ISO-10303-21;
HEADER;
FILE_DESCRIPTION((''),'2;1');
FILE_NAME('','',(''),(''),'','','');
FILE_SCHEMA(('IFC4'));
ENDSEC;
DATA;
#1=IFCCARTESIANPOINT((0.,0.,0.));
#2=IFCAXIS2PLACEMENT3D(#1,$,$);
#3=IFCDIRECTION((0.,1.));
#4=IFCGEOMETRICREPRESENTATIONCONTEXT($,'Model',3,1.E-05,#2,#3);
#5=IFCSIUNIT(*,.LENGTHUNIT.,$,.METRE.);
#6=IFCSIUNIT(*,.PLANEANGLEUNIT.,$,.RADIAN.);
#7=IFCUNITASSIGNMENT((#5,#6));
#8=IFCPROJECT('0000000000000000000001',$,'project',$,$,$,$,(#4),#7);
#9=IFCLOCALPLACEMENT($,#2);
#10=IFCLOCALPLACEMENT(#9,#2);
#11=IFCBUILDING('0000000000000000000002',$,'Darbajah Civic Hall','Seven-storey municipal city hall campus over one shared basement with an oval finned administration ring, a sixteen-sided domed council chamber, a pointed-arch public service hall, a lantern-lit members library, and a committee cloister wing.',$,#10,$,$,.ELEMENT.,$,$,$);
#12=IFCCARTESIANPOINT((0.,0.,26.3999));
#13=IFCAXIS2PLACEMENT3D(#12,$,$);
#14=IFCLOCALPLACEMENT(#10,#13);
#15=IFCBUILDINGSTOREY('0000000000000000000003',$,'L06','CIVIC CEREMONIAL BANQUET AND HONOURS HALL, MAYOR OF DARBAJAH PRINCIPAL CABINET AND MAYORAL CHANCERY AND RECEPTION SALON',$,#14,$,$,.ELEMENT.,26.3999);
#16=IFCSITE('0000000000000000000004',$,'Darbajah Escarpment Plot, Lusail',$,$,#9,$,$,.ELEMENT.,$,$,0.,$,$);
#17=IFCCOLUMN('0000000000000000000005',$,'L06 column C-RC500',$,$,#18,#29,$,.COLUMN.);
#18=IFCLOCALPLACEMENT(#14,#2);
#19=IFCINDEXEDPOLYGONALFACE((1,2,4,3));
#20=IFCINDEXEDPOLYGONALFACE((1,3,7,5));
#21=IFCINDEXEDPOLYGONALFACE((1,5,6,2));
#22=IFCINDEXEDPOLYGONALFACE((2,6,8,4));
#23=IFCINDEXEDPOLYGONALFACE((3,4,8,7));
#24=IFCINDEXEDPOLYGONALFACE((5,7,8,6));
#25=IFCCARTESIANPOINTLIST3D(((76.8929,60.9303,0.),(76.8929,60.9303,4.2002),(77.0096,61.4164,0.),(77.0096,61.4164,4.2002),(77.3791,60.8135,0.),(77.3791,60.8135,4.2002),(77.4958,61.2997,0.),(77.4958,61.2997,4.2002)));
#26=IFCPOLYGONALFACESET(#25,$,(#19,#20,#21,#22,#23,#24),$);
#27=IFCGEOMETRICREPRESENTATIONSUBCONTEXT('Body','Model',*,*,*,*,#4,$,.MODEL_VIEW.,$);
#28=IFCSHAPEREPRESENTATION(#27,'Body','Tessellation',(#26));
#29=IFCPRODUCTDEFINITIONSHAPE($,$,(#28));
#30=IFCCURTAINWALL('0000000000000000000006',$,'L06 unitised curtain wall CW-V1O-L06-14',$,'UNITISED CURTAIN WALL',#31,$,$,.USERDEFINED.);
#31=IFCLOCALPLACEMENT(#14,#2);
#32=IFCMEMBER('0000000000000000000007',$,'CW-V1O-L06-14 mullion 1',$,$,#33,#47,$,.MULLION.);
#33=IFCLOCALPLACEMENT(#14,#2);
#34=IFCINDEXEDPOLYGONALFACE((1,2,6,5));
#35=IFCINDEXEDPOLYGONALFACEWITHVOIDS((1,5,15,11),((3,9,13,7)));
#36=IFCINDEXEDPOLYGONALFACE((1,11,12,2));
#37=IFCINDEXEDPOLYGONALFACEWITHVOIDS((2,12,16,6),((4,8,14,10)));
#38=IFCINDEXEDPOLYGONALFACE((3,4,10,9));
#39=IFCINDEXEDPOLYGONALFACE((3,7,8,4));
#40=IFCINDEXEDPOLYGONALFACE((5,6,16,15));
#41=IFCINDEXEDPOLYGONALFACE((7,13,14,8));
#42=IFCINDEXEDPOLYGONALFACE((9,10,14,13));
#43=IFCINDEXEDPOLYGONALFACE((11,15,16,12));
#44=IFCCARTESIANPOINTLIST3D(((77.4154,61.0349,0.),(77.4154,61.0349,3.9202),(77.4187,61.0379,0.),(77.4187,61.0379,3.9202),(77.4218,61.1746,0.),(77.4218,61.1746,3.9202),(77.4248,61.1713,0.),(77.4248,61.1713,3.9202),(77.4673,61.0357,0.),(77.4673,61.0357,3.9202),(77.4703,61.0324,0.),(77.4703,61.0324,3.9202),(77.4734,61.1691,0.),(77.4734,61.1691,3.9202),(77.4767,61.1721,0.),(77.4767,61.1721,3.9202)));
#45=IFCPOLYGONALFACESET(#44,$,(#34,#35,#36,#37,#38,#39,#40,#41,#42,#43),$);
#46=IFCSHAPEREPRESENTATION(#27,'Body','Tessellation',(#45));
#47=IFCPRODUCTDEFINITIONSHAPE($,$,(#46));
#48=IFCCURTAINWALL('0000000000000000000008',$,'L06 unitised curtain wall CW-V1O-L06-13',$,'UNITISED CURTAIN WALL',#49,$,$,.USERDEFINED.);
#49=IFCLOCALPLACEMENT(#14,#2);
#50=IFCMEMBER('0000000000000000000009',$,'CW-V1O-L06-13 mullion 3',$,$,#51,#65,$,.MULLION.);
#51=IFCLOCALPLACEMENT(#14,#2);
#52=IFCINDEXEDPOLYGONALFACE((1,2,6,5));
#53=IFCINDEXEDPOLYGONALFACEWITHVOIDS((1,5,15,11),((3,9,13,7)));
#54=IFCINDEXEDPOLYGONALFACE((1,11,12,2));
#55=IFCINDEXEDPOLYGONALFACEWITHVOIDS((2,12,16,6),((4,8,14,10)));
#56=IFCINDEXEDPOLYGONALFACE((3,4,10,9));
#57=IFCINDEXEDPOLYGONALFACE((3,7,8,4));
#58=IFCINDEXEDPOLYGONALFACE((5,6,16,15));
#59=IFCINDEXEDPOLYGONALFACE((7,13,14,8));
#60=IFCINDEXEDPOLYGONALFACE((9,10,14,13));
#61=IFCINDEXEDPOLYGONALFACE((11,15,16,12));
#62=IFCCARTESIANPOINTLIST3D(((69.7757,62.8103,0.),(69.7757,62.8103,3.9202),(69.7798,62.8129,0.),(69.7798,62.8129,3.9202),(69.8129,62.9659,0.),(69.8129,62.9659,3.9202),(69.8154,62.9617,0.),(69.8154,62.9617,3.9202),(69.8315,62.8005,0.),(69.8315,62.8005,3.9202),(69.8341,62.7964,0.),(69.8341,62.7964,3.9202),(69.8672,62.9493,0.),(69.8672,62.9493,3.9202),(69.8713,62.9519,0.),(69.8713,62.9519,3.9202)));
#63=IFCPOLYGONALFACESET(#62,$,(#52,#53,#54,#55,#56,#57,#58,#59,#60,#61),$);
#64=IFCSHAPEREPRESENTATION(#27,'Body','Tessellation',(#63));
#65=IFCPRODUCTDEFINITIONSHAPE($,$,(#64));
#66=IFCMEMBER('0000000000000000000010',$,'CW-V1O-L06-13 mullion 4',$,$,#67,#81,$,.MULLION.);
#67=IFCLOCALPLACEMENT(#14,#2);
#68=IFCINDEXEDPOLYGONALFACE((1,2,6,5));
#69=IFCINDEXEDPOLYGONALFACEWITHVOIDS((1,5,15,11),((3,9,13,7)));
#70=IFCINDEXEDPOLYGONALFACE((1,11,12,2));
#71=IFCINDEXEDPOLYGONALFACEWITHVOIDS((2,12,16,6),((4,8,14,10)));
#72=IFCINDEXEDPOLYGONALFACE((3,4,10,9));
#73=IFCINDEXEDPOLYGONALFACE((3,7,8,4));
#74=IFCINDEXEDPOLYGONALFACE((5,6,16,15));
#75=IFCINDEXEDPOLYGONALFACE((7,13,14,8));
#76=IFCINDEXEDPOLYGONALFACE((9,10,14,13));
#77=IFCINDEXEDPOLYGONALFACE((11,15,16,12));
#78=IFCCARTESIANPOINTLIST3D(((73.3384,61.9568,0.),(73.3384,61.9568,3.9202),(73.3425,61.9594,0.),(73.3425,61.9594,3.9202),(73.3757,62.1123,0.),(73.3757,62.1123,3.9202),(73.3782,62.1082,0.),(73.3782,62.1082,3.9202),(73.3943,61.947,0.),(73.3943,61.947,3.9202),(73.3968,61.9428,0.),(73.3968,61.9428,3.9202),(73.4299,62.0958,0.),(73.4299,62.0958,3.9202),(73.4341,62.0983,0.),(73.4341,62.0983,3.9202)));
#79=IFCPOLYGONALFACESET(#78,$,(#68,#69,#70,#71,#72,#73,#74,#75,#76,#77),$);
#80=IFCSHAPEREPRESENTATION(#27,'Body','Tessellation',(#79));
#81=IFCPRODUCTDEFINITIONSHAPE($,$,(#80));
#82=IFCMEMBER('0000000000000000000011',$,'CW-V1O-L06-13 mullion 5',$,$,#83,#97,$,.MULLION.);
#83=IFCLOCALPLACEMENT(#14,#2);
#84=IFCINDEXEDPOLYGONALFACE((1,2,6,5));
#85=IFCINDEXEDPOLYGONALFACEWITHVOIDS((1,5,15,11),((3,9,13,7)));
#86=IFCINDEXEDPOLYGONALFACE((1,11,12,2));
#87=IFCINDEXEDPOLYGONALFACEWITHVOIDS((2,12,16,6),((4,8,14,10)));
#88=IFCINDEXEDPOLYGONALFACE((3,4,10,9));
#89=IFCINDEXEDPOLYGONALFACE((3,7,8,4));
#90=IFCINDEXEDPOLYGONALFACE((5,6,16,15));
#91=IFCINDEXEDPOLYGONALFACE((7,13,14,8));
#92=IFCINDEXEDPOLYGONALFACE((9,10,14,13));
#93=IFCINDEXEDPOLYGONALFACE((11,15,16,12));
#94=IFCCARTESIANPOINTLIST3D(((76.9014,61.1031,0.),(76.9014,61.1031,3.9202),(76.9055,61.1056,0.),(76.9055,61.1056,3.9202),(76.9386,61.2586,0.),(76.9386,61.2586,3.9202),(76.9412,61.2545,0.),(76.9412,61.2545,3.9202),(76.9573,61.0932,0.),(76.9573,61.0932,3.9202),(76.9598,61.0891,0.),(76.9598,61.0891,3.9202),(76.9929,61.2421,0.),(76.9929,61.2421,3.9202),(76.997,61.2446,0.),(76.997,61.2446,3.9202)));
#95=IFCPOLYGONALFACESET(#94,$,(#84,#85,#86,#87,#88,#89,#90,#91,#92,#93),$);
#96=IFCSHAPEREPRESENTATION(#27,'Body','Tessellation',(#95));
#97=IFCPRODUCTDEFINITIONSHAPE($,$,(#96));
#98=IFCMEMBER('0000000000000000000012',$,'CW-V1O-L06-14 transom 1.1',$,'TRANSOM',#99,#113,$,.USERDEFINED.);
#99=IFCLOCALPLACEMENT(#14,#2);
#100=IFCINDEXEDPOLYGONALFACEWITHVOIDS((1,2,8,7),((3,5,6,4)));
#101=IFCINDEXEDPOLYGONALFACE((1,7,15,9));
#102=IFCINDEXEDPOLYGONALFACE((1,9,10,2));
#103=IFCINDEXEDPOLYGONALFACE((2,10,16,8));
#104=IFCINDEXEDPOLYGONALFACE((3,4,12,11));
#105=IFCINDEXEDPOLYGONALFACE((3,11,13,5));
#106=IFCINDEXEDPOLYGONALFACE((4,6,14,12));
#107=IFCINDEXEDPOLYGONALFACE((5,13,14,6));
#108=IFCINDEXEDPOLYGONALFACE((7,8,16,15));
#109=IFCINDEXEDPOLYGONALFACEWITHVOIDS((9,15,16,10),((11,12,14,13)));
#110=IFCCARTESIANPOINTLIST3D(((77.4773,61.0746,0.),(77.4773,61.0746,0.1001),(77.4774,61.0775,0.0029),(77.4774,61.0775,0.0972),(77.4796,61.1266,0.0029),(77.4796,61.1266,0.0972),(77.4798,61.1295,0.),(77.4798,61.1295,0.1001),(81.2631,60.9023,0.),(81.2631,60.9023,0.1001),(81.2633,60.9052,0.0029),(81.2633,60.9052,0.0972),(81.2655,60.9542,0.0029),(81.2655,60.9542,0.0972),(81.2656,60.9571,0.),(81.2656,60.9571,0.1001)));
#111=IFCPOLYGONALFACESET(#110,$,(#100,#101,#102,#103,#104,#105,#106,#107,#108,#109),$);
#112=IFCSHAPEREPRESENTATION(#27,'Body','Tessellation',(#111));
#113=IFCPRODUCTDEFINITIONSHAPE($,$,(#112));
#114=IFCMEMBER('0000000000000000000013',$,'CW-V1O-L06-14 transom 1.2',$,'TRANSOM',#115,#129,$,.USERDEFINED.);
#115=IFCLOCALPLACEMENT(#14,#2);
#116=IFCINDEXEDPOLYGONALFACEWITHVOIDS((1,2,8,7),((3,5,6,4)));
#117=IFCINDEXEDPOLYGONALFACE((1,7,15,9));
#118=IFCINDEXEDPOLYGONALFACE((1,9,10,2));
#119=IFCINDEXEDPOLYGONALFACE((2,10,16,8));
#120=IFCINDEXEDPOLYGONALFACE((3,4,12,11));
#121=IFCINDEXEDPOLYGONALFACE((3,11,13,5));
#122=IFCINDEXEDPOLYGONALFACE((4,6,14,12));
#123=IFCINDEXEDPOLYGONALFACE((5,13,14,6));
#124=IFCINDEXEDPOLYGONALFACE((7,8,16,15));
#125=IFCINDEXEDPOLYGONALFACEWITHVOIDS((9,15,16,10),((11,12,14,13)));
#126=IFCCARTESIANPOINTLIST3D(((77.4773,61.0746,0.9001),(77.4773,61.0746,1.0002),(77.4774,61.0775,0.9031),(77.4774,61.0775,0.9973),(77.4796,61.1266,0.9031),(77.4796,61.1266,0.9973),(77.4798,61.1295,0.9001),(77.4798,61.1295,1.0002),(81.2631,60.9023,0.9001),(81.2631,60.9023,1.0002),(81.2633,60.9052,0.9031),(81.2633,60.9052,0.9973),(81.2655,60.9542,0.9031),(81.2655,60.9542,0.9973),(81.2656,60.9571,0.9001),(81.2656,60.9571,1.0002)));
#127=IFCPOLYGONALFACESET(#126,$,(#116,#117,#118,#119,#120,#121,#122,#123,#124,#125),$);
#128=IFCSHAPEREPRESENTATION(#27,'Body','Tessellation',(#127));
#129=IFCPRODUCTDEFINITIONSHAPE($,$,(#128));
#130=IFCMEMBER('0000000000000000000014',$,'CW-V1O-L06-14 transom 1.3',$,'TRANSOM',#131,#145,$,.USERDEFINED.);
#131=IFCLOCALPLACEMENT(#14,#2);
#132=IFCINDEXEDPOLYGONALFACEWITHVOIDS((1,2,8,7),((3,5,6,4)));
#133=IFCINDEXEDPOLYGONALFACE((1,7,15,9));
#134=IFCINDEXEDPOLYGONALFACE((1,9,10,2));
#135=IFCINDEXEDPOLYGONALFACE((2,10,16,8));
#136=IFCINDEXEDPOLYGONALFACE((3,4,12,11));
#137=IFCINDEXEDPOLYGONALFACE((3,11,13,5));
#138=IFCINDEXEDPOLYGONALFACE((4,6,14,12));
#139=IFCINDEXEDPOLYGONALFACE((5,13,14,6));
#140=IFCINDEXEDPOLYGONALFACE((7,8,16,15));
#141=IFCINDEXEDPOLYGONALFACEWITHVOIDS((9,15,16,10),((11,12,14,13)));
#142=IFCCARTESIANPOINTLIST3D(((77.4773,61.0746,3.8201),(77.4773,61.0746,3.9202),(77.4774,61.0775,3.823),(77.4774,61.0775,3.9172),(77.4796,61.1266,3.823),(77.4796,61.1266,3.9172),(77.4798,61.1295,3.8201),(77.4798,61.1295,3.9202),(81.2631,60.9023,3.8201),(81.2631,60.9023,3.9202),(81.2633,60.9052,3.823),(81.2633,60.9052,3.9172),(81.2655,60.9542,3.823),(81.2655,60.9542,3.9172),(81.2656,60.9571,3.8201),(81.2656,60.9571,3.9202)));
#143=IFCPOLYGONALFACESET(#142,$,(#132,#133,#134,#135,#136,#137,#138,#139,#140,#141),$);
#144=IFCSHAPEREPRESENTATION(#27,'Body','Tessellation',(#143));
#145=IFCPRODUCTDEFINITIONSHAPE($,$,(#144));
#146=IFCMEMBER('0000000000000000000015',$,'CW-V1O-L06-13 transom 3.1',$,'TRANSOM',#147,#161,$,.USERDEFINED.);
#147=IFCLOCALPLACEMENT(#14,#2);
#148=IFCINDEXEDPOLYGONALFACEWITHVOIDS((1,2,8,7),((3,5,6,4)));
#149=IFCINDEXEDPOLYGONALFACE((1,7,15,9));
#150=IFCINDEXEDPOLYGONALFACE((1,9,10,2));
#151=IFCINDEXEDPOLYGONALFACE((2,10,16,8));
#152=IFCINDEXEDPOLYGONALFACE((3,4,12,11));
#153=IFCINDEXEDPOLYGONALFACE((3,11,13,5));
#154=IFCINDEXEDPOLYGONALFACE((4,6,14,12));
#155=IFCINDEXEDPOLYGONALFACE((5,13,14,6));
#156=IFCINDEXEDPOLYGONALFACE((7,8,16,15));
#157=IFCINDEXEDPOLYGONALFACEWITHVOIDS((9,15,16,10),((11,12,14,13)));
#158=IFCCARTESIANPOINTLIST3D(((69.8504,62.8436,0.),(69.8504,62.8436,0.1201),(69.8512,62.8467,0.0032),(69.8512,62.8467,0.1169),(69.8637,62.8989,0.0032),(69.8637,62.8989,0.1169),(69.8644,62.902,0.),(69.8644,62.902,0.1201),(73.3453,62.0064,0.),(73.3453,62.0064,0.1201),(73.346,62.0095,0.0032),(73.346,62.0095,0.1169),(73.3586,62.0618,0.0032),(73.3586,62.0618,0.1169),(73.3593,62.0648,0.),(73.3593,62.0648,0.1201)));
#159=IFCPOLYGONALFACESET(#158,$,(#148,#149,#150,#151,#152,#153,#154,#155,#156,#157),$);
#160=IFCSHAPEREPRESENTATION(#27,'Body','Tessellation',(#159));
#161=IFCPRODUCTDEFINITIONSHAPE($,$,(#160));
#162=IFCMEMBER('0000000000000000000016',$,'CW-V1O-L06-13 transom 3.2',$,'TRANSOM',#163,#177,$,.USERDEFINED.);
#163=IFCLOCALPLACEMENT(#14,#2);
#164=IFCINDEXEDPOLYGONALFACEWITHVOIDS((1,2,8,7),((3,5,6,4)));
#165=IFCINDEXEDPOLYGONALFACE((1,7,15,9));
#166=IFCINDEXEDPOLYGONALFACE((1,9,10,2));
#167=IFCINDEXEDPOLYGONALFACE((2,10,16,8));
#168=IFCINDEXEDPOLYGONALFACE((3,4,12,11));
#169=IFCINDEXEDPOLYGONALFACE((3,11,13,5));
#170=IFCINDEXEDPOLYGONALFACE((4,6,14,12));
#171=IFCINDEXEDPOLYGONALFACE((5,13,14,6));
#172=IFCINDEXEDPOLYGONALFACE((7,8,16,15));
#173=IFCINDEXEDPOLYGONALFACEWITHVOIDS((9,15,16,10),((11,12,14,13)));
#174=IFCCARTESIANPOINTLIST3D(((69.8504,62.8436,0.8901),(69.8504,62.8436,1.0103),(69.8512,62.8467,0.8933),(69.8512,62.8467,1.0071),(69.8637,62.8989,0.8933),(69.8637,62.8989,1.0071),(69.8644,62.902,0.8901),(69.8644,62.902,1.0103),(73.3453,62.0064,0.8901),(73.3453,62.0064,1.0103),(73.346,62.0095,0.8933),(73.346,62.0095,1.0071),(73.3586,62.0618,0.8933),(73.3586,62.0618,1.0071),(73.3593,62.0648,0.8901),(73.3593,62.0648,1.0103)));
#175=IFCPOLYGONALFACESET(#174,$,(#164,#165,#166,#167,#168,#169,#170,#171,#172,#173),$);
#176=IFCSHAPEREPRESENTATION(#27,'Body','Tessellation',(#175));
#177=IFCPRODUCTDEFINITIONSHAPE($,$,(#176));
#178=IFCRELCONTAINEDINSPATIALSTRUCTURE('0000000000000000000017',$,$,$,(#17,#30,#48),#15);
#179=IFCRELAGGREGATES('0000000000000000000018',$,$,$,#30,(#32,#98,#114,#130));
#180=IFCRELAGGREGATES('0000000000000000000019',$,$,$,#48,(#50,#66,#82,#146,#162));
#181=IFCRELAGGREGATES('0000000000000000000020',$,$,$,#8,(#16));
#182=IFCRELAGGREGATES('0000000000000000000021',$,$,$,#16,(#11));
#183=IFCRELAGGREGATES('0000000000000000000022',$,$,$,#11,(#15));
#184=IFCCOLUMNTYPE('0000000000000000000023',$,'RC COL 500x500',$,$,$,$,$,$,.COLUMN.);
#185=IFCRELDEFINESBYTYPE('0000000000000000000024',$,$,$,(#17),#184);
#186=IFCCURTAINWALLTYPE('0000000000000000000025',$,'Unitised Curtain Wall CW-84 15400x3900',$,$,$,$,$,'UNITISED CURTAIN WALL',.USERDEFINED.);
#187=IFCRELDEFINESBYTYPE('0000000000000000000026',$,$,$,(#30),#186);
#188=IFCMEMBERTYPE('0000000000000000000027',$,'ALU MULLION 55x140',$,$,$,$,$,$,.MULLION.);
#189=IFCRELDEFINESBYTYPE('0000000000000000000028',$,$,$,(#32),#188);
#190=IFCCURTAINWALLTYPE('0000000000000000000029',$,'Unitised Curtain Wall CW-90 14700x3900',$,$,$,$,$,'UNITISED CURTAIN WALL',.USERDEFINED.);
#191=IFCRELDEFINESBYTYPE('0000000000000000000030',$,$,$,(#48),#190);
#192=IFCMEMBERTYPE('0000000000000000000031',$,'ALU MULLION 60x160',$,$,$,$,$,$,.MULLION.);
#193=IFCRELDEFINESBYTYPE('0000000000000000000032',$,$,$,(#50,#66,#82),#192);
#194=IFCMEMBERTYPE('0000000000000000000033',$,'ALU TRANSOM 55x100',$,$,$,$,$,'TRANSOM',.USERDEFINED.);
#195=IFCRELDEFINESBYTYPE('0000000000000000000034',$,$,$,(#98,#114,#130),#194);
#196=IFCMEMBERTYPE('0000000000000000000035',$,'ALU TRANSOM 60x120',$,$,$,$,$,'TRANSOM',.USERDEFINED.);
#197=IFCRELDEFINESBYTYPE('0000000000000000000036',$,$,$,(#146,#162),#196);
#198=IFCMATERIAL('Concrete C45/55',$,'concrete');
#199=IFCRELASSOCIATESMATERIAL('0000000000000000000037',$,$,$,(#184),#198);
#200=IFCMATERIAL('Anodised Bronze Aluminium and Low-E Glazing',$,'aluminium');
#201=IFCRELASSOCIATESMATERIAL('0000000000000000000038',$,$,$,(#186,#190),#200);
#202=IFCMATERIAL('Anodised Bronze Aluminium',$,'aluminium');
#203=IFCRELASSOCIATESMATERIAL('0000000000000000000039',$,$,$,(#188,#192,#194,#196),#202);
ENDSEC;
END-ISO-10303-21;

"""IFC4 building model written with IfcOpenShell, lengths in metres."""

from ifc_helpers import new_model, si_unit, direction, frame, origin, origin_2d, place, context, subcontext, project, spatial, rectangle, hollow_rectangle, extrude, material, material_profile, profile_set, type_object, element, aggregate, save


model = new_model("IFC4")

# Units and contexts
model_context = context("Model", 3, precision=1e-05, world=origin(), true_north=direction((0.0, 1.0)))
body_context = subcontext(model_context, "Body", "Model", "MODEL_VIEW")
ifc_project = project(units=[si_unit("LENGTHUNIT", "METRE"), si_unit("PLANEANGLEUNIT", "RADIAN")], contexts=[model_context])

# Site, building, storey
site_placement = place(None, origin())
site = spatial("IfcSite", under=ifc_project, at=site_placement, Name="Darbajah Escarpment Plot, Lusail", CompositionType="ELEMENT", RefElevation=0.0)
building_placement = place(site_placement, origin())
building = spatial("IfcBuilding", under=site, at=building_placement, Name="Darbajah Civic Hall", Description="Seven-storey municipal city hall campus over one shared basement with an oval finned administration ring, a sixteen-sided domed council chamber, a pointed-arch public service hall, a lantern-lit members library, and a committee cloister wing.", CompositionType="ELEMENT")
storey_placement = place(building_placement, frame((0.0, 0.0, 26.3999)))
storey = spatial("IfcBuildingStorey", under=building, at=storey_placement, Name="L06", Description="CIVIC CEREMONIAL BANQUET AND HONOURS HALL, MAYOR OF DARBAJAH PRINCIPAL CABINET AND MAYORAL CHANCERY AND RECEPTION SALON", CompositionType="ELEMENT", Elevation=26.3999)

# Column
ifc_material_1 = material(Name="Concrete C45/55", Category="concrete")
ifc_material_profile_1 = material_profile(ifc_material_1, rectangle(XDim=0.5, YDim=0.5, at=origin_2d()), Name="RC COL 500x500")
ifc_profile_set_1 = profile_set([ifc_material_profile_1], Name="Concrete C45/55")
column_type = type_object("IfcColumnType", Name="RC COL 500x500", PredefinedType="COLUMN", material=ifc_profile_set_1)
column_placement = place(storey_placement, frame((77.1943, 61.115, 0.0), z_axis=(0.0, 0.0, 1.0), x_axis=(-0.233445, -0.97237, 0.0)))
element("IfcColumn", 1, at=column_placement, inside=storey, type_object=column_type, Name="L06 column C-RC500", PredefinedType="COLUMN", context=body_context, shape_type="SweptSolid", body=[
    extrude(rectangle(XDim=0.5, YDim=0.5, at=origin_2d()), origin(), (0.0, 0.0, 1.0), 4.2002),
])

# Curtain wall, member
ifc_material_2 = material(Name="Anodised Bronze Aluminium and Low-E Glazing", Category="aluminium")
curtain_wall_type_1 = type_object("IfcCurtainWallType", Name="Unitised Curtain Wall CW-84 15400x3900", ElementType="UNITISED CURTAIN WALL", PredefinedType="USERDEFINED", material=ifc_material_2)
curtain_wall_1_placement = place(storey_placement, origin())
curtain_wall_1 = element("IfcCurtainWall", 2, at=curtain_wall_1_placement, inside=storey, type_object=curtain_wall_type_1, Name="L06 unitised curtain wall CW-V1O-L06-14", ObjectType="UNITISED CURTAIN WALL", PredefinedType="USERDEFINED")
ifc_material_3 = material(Name="Anodised Bronze Aluminium", Category="aluminium")
ifc_material_profile_2 = material_profile(ifc_material_3, hollow_rectangle(XDim=0.0549, YDim=0.1399, WallThickness=0.0032, at=origin_2d()), Name="ALU MULLION 55x140")
ifc_profile_set_2 = profile_set([ifc_material_profile_2], Name="Anodised Bronze Aluminium")
member_type_1 = type_object("IfcMemberType", Name="ALU MULLION 55x140", PredefinedType="MULLION", material=ifc_profile_set_2)
member_1_placement = place(storey_placement, frame((77.446, 61.1035, 0.0), z_axis=(0.0, 0.0, 1.0), x_axis=(0.998963, -0.045537, 0.0)))
member_1 = element("IfcMember", 3, at=member_1_placement, type_object=member_type_1, Name="CW-V1O-L06-14 mullion 1", PredefinedType="MULLION", context=body_context, shape_type="SweptSolid", body=[
    extrude(hollow_rectangle(XDim=0.0549, YDim=0.1399, WallThickness=0.0032, at=origin_2d()), origin(), (0.0, 0.0, 1.0), 3.9202),
])

# Curtain wall, members
curtain_wall_type_2 = type_object("IfcCurtainWallType", Name="Unitised Curtain Wall CW-90 14700x3900", ElementType="UNITISED CURTAIN WALL", PredefinedType="USERDEFINED", material=ifc_material_2)
curtain_wall_2_placement = place(storey_placement, origin())
curtain_wall_2 = element("IfcCurtainWall", 4, at=curtain_wall_2_placement, inside=storey, type_object=curtain_wall_type_2, Name="L06 unitised curtain wall CW-V1O-L06-13", ObjectType="UNITISED CURTAIN WALL", PredefinedType="USERDEFINED")
ifc_material_profile_3 = material_profile(ifc_material_3, hollow_rectangle(XDim=0.0601, YDim=0.1599, WallThickness=0.0034, at=origin_2d()), Name="ALU MULLION 60x160")
ifc_profile_set_3 = profile_set([ifc_material_profile_3], Name="Anodised Bronze Aluminium")
member_type_2 = type_object("IfcMemberType", Name="ALU MULLION 60x160", PredefinedType="MULLION", material=ifc_profile_set_3)
member_2_placement = place(storey_placement, frame((69.8235, 62.8811, 0.0), z_axis=(0.0, 0.0, 1.0), x_axis=(0.972492, -0.232936, 0.0)))
member_2 = element("IfcMember", 5, at=member_2_placement, type_object=member_type_2, Name="CW-V1O-L06-13 mullion 3", PredefinedType="MULLION", context=body_context, shape_type="SweptSolid", body=[
    extrude(hollow_rectangle(XDim=0.0601, YDim=0.1599, WallThickness=0.0034, at=origin_2d()), origin(), (0.0, 0.0, 1.0), 3.9202),
])
member_3_placement = place(storey_placement, frame((73.3862, 62.0276, 0.0), z_axis=(0.0, 0.0, 1.0), x_axis=(0.972492, -0.232936, 0.0)))
member_3 = element("IfcMember", 6, at=member_3_placement, type_object=member_type_2, Name="CW-V1O-L06-13 mullion 4", PredefinedType="MULLION", context=body_context, shape_type="SweptSolid", body=[
    extrude(hollow_rectangle(XDim=0.0601, YDim=0.1599, WallThickness=0.0034, at=origin_2d()), origin(), (0.0, 0.0, 1.0), 3.9202),
])
member_4_placement = place(storey_placement, frame((76.9492, 61.1738, 0.0), z_axis=(0.0, 0.0, 1.0), x_axis=(0.972492, -0.232936, 0.0)))
member_4 = element("IfcMember", 7, at=member_4_placement, type_object=member_type_2, Name="CW-V1O-L06-13 mullion 5", PredefinedType="MULLION", context=body_context, shape_type="SweptSolid", body=[
    extrude(hollow_rectangle(XDim=0.0601, YDim=0.1599, WallThickness=0.0034, at=origin_2d()), origin(), (0.0, 0.0, 1.0), 3.9202),
])

# Members
ifc_material_profile_4 = material_profile(ifc_material_3, hollow_rectangle(XDim=0.0549, YDim=0.1001, WallThickness=0.0029, at=origin_2d()), Name="ALU TRANSOM 55x100")
ifc_profile_set_4 = profile_set([ifc_material_profile_4], Name="Anodised Bronze Aluminium")
member_type_3 = type_object("IfcMemberType", Name="ALU TRANSOM 55x100", ElementType="TRANSOM", PredefinedType="USERDEFINED", material=ifc_profile_set_4)
member_5_placement = place(storey_placement, frame((77.4785, 61.1021, 0.05), z_axis=(0.998965, -0.045481, 0.0), x_axis=(0.045481, 0.998965, 0.0)))
member_5 = element("IfcMember", 8, at=member_5_placement, type_object=member_type_3, Name="CW-V1O-L06-14 transom 1.1", ObjectType="TRANSOM", PredefinedType="USERDEFINED", context=body_context, shape_type="SweptSolid", body=[
    extrude(hollow_rectangle(XDim=0.0549, YDim=0.1001, WallThickness=0.0029, at=origin_2d()), origin(), (0.0, 0.0, 1.0), 3.7898),
])
member_6_placement = place(storey_placement, frame((77.4785, 61.1021, 0.9502), z_axis=(0.998965, -0.045481, 0.0), x_axis=(0.045481, 0.998965, 0.0)))
member_6 = element("IfcMember", 9, at=member_6_placement, type_object=member_type_3, Name="CW-V1O-L06-14 transom 1.2", ObjectType="TRANSOM", PredefinedType="USERDEFINED", context=body_context, shape_type="SweptSolid", body=[
    extrude(hollow_rectangle(XDim=0.0549, YDim=0.1001, WallThickness=0.0029, at=origin_2d()), origin(), (0.0, 0.0, 1.0), 3.7898),
])
member_7_placement = place(storey_placement, frame((77.4785, 61.1021, 3.8701), z_axis=(0.998965, -0.045481, 0.0), x_axis=(0.045481, 0.998965, 0.0)))
member_7 = element("IfcMember", 10, at=member_7_placement, type_object=member_type_3, Name="CW-V1O-L06-14 transom 1.3", ObjectType="TRANSOM", PredefinedType="USERDEFINED", context=body_context, shape_type="SweptSolid", body=[
    extrude(hollow_rectangle(XDim=0.0549, YDim=0.1001, WallThickness=0.0029, at=origin_2d()), origin(), (0.0, 0.0, 1.0), 3.7898),
])
aggregate(curtain_wall_1, [member_1, member_5, member_6, member_7])
ifc_material_profile_5 = material_profile(ifc_material_3, hollow_rectangle(XDim=0.0601, YDim=0.1201, WallThickness=0.0032, at=origin_2d()), Name="ALU TRANSOM 60x120")
ifc_profile_set_5 = profile_set([ifc_material_profile_5], Name="Anodised Bronze Aluminium")
member_type_4 = type_object("IfcMemberType", Name="ALU TRANSOM 60x120", ElementType="TRANSOM", PredefinedType="USERDEFINED", material=ifc_profile_set_5)
member_8_placement = place(storey_placement, frame((69.8574, 62.8728, 0.0601), z_axis=(0.972489, -0.232949, 0.0), x_axis=(0.232949, 0.972489, 0.0)))
member_8 = element("IfcMember", 11, at=member_8_placement, type_object=member_type_4, Name="CW-V1O-L06-13 transom 3.1", ObjectType="TRANSOM", PredefinedType="USERDEFINED", context=body_context, shape_type="SweptSolid", body=[
    extrude(hollow_rectangle(XDim=0.0601, YDim=0.1201, WallThickness=0.0032, at=origin_2d()), origin(), (0.0, 0.0, 1.0), 3.5938),
])
member_9_placement = place(storey_placement, frame((69.8574, 62.8728, 0.9502), z_axis=(0.972489, -0.232949, 0.0), x_axis=(0.232949, 0.972489, 0.0)))
member_9 = element("IfcMember", 12, at=member_9_placement, type_object=member_type_4, Name="CW-V1O-L06-13 transom 3.2", ObjectType="TRANSOM", PredefinedType="USERDEFINED", context=body_context, shape_type="SweptSolid", body=[
    extrude(hollow_rectangle(XDim=0.0601, YDim=0.1201, WallThickness=0.0032, at=origin_2d()), origin(), (0.0, 0.0, 1.0), 3.5938),
])

aggregate(curtain_wall_2, [member_2, member_3, member_4, member_8, member_9])

save(model, "model.ifc")
